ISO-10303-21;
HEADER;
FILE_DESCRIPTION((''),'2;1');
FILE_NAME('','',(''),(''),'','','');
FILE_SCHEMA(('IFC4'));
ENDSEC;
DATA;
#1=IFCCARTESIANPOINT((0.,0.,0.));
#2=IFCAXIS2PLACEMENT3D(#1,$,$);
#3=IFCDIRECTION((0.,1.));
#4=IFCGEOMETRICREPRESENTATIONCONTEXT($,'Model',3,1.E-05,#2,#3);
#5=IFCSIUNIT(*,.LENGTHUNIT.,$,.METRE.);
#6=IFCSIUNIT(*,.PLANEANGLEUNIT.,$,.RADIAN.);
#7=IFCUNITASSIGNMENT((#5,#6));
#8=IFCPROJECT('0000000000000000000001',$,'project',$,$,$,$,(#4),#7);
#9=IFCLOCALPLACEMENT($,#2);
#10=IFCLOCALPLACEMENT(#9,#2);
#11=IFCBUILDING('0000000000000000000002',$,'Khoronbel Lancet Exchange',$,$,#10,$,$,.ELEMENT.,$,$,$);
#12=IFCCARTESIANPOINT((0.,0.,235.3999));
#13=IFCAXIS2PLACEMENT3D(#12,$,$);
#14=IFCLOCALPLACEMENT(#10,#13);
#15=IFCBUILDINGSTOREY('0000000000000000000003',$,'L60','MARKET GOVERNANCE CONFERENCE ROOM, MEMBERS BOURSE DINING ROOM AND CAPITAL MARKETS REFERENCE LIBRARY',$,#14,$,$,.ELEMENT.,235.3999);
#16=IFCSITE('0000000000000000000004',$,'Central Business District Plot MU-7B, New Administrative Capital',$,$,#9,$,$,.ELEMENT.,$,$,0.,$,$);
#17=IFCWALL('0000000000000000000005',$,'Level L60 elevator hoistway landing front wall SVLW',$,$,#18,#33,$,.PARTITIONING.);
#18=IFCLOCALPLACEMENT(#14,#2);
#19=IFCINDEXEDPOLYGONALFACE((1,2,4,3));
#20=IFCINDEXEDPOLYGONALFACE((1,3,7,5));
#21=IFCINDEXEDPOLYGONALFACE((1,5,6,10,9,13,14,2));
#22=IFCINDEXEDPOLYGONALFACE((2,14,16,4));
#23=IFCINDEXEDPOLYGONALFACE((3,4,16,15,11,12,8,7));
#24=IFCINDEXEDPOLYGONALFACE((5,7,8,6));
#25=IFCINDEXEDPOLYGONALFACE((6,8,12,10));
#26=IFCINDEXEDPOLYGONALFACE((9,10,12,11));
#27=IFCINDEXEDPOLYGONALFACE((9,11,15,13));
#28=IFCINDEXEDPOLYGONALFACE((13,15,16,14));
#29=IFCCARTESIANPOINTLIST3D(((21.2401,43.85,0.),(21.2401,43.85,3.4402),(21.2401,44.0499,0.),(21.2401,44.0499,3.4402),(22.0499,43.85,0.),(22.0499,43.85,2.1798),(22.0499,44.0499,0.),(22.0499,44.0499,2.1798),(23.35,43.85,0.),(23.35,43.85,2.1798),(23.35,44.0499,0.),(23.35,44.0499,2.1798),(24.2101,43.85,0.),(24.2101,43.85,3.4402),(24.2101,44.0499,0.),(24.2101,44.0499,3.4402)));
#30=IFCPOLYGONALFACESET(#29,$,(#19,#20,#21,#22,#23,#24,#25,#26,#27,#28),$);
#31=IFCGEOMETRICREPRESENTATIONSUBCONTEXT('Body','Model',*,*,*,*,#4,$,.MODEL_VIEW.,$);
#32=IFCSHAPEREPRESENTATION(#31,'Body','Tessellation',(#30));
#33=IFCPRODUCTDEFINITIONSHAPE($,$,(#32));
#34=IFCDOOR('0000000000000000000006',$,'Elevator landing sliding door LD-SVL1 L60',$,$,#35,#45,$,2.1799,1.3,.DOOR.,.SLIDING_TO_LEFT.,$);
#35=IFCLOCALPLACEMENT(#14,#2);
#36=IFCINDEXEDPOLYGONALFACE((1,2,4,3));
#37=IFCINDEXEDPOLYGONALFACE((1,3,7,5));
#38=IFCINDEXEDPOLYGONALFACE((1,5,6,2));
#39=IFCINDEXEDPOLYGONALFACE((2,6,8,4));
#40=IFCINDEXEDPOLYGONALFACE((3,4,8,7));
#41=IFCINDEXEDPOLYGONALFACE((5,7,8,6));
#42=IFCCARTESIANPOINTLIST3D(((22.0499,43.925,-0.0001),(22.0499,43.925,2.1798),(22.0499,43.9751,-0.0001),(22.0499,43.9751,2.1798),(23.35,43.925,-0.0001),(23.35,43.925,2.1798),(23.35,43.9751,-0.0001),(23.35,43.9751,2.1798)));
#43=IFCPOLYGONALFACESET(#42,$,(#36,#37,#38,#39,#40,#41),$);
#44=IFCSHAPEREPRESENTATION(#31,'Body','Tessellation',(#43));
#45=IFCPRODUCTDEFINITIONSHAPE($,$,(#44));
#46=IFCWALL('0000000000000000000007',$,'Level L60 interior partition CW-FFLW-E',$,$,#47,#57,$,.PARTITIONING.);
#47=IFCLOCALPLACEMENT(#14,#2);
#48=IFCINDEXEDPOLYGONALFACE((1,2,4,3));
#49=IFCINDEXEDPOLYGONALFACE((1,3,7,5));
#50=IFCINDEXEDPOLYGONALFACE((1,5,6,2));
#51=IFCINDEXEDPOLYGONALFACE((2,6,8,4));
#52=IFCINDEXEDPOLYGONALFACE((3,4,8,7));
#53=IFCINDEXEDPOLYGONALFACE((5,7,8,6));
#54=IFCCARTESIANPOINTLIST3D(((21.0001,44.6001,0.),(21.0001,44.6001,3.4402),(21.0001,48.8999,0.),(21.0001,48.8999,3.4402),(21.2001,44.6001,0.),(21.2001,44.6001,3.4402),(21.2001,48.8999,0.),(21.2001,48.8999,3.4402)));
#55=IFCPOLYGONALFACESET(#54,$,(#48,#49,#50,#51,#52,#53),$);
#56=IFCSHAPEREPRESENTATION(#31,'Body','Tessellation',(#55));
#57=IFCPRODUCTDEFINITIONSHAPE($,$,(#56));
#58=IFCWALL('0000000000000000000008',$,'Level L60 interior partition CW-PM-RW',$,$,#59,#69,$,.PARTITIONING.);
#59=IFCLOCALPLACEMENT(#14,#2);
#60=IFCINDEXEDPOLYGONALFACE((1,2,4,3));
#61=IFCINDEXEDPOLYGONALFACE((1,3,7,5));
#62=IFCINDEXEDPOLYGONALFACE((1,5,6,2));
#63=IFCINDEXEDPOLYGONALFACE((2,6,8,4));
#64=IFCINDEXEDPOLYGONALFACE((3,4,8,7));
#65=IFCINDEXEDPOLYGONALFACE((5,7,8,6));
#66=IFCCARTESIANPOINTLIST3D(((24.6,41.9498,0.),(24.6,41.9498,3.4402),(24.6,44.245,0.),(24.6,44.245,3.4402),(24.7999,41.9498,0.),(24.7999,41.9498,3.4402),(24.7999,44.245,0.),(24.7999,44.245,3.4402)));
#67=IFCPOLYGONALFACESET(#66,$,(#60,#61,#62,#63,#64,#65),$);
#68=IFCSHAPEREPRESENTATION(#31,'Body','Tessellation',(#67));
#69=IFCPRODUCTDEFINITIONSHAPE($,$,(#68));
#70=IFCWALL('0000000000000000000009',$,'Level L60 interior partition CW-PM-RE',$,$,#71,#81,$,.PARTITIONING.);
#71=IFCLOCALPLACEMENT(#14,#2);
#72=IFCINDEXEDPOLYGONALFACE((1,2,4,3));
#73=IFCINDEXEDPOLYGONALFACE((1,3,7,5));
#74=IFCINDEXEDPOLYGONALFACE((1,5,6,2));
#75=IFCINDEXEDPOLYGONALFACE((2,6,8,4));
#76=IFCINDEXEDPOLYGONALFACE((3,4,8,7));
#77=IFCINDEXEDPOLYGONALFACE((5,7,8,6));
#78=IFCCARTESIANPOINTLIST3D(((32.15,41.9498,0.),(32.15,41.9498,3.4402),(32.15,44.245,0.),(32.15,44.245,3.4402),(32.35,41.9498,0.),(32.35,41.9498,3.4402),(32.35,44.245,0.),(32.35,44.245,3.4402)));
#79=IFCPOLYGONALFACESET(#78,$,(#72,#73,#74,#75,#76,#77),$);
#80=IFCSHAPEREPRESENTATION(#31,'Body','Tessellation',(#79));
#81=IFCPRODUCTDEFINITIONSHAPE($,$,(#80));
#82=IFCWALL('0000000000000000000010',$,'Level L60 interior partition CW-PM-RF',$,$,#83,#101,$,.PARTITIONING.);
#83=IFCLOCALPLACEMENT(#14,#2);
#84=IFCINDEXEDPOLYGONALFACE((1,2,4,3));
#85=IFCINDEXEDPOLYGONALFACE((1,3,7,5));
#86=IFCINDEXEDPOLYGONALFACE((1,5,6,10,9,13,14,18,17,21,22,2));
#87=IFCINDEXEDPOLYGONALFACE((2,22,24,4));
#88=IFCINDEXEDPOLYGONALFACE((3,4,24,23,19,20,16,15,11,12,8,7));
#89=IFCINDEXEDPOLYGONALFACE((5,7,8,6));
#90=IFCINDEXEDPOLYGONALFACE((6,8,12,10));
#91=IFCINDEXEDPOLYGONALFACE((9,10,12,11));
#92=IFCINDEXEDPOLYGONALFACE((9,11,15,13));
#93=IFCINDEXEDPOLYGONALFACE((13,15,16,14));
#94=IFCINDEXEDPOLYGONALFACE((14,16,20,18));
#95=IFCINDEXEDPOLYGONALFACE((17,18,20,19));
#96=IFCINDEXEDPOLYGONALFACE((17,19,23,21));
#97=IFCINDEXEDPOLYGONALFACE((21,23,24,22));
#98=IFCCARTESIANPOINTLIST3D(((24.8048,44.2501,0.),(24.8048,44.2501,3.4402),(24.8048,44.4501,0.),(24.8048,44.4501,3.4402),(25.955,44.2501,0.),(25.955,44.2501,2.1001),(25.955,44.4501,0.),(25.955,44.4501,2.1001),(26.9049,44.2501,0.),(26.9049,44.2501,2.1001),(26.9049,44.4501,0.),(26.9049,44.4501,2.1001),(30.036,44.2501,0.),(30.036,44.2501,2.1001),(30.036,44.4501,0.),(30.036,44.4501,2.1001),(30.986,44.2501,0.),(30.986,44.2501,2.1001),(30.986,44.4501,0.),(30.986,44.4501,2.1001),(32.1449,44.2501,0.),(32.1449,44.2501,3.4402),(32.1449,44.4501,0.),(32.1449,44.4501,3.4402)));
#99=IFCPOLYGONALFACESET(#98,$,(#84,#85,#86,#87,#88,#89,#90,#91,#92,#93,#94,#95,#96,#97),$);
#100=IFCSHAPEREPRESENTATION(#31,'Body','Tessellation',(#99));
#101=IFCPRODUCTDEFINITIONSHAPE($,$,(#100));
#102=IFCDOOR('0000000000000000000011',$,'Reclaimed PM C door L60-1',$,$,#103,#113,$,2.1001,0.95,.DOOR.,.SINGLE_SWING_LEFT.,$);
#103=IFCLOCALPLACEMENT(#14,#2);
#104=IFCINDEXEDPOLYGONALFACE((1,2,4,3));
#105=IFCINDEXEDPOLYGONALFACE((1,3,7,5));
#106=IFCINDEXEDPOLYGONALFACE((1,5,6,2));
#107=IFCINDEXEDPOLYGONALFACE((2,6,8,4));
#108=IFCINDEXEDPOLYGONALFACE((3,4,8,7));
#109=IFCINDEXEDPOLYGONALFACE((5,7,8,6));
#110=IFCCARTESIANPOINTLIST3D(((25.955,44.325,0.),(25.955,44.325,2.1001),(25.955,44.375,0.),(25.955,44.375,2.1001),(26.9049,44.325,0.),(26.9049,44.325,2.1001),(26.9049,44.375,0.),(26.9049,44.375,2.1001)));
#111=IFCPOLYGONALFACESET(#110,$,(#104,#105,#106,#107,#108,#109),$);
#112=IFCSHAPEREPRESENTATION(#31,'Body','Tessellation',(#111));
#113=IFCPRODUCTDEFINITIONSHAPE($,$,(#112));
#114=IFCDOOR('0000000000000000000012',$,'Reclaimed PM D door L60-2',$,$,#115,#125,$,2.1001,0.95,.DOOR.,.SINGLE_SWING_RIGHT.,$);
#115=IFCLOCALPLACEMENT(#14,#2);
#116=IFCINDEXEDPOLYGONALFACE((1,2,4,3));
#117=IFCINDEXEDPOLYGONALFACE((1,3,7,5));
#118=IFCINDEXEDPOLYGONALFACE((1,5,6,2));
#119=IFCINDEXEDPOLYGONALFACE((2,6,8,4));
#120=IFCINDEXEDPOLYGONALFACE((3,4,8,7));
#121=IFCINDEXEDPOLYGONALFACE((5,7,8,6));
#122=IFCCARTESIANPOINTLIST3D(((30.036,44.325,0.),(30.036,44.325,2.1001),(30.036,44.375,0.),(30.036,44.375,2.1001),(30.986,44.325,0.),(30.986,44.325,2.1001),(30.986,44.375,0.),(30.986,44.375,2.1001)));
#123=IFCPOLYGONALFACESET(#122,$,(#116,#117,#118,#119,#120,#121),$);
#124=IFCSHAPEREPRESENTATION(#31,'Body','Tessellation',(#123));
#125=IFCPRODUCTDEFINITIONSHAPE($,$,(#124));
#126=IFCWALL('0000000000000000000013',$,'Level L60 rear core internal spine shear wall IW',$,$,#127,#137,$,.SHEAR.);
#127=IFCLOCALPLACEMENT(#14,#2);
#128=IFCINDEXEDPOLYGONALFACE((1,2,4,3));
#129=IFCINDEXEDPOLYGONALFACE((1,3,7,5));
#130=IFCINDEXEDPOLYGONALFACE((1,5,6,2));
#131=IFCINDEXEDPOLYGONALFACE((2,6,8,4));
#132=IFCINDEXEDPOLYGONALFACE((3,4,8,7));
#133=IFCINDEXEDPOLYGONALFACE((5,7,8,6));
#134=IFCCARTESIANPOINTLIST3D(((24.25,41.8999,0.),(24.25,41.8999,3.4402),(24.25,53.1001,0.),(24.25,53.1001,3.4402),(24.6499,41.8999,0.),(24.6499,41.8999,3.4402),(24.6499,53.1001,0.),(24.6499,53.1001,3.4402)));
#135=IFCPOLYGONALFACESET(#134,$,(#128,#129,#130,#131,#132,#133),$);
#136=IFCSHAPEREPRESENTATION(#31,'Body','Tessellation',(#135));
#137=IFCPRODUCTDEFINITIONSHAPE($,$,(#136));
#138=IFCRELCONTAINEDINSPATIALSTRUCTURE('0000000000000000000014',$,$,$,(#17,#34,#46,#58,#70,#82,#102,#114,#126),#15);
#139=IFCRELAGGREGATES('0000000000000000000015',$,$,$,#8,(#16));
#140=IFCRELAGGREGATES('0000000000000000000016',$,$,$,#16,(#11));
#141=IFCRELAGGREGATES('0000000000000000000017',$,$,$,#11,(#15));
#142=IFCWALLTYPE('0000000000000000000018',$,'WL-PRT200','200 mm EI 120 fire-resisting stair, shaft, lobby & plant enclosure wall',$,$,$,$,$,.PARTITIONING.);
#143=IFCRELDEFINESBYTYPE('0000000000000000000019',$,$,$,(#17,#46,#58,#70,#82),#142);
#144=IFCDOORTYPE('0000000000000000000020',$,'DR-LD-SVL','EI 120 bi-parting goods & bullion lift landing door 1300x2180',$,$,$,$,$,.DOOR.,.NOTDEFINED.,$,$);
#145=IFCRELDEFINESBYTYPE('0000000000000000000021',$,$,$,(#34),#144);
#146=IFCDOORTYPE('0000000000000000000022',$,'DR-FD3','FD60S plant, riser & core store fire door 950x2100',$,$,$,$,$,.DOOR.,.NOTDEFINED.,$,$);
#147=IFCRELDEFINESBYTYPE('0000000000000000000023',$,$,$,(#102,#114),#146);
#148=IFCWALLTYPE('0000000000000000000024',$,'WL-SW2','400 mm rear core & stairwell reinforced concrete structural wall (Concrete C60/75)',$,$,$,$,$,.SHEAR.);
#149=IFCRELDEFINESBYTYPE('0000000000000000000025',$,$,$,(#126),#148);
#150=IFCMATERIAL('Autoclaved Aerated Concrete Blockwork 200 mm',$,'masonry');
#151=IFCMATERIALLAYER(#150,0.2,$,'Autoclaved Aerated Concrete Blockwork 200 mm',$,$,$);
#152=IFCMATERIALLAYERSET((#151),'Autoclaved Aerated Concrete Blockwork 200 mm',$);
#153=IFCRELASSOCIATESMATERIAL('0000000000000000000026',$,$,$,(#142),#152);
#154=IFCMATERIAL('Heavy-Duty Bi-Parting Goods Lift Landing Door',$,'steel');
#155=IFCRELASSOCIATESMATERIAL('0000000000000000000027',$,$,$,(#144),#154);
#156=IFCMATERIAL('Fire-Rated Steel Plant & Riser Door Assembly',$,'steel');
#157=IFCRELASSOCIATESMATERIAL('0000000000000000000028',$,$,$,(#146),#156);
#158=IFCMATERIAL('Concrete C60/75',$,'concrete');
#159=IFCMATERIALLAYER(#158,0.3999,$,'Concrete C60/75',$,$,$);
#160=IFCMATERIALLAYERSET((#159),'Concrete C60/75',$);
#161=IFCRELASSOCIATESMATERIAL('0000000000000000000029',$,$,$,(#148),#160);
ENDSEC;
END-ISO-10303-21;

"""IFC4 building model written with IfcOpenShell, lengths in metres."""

from ifc_helpers import new_model, si_unit, direction, frame, frame_2d, origin, place, context, subcontext, project, spatial, rectangle, extrude, material, layer, layer_set, type_object, element, fill, save


model = new_model("IFC4")

# Units and contexts
model_context = context("Model", 3, precision=1e-05, world=origin(), true_north=direction((0.0, 1.0)))
body_context = subcontext(model_context, "Body", "Model", "MODEL_VIEW")
ifc_project = project(units=[si_unit("LENGTHUNIT", "METRE"), si_unit("PLANEANGLEUNIT", "RADIAN")], contexts=[model_context])

# Site, building, storey
site_placement = place(None, origin())
site = spatial("IfcSite", under=ifc_project, at=site_placement, Name="Central Business District Plot MU-7B, New Administrative Capital", CompositionType="ELEMENT", RefElevation=0.0)
building_placement = place(site_placement, origin())
building = spatial("IfcBuilding", under=site, at=building_placement, Name="Khoronbel Lancet Exchange", CompositionType="ELEMENT")
storey_placement = place(building_placement, frame((0.0, 0.0, 235.3999)))
storey = spatial("IfcBuildingStorey", under=building, at=storey_placement, Name="L60", Description="MARKET GOVERNANCE CONFERENCE ROOM, MEMBERS BOURSE DINING ROOM AND CAPITAL MARKETS REFERENCE LIBRARY", CompositionType="ELEMENT", Elevation=235.3999)

# Shared definitions
ifc_material_1 = material(Name="Concrete C60/75", Category="concrete")

# Wall, opening, door
ifc_material_2 = material(Name="Autoclaved Aerated Concrete Blockwork 200 mm", Category="masonry")
ifc_layer_1 = layer(ifc_material_2, 0.2, Name="Autoclaved Aerated Concrete Blockwork 200 mm")
ifc_layer_set_1 = layer_set([ifc_layer_1], Name="Autoclaved Aerated Concrete Blockwork 200 mm")
wall_type_1 = type_object("IfcWallType", Name="WL-PRT200", Description="200 mm EI 120 fire-resisting stair, shaft, lobby & plant enclosure wall", PredefinedType="PARTITIONING", material=ifc_layer_set_1)
wall_1_placement = place(storey_placement, frame((24.21, 43.95, 0.0), z_axis=(0.0, 0.0, 1.0), x_axis=(-1.0, 0.0, 0.0)))
wall_1 = element("IfcWall", 1, at=wall_1_placement, inside=storey, type_object=wall_type_1, Name="Level L60 elevator hoistway landing front wall SVLW", PredefinedType="PARTITIONING", context=body_context, shape_type="SweptSolid", body=[
    extrude(rectangle(XDim=2.97, YDim=0.2, at=frame_2d((1.4849, 0.0))), origin(), (0.0, 0.0, 1.0), 3.4402),
])
opening_1_placement = place(wall_1_placement, frame((0.8601, 0.0, 0.0)))
opening_1 = element("IfcOpeningElement", 2, at=opening_1_placement, cuts=wall_1, PredefinedType="OPENING", context=body_context, shape_type="SweptSolid", body=[
    extrude(rectangle(XDim=1.3, YDim=2.1799, at=frame_2d((0.6499, 1.0898))), frame((0.0, 0.1099, 0.0), z_axis=(0.0, -1.0, 0.0), x_axis=(1.0, 0.0, 0.0)), (0.0, 0.0, 1.0), 0.22),
])
ifc_material_3 = material(Name="Heavy-Duty Bi-Parting Goods Lift Landing Door", Category="steel")
door_type_1 = type_object("IfcDoorType", Name="DR-LD-SVL", Description="EI 120 bi-parting goods & bullion lift landing door 1300x2180", OperationType="NOTDEFINED", PredefinedType="DOOR", material=ifc_material_3)
door_1_placement = place(opening_1_placement, origin())
door_1 = element("IfcDoor", 3, at=door_1_placement, inside=storey, type_object=door_type_1, Name="Elevator landing sliding door LD-SVL1 L60", OperationType="SLIDING_TO_LEFT", OverallHeight=2.1799, OverallWidth=1.3, PredefinedType="DOOR", context=body_context, shape_type="SweptSolid", body=[
    extrude(rectangle(XDim=1.3, YDim=2.1799, at=frame_2d((0.6499, 1.0898))), frame((0.0, 0.0249, 0.0), z_axis=(0.0, -1.0, 0.0), x_axis=(1.0, 0.0, 0.0)), (0.0, 0.0, 1.0), 0.05),
])
fill(opening_1, door_1)

# Wall
wall_2_placement = place(storey_placement, frame((21.1001, 44.6001, 0.0), z_axis=(0.0, 0.0, 1.0), x_axis=(0.0, 1.0, 0.0)))
element("IfcWall", 4, at=wall_2_placement, inside=storey, type_object=wall_type_1, Name="Level L60 interior partition CW-FFLW-E", PredefinedType="PARTITIONING", context=body_context, shape_type="SweptSolid", body=[
    extrude(rectangle(XDim=4.2998, YDim=0.2, at=frame_2d((2.1499, 0.0))), origin(), (0.0, 0.0, 1.0), 3.4402),
])

# Walls
for number, where, z_axis, x_axis, name in (
    (5, (24.7, 41.95, 0.0), (0.0, 0.0, 1.0), (0.0, 1.0, 0.0), "Level L60 interior partition CW-PM-RW"),
    (6, (32.25, 41.95, 0.0), (0.0, 0.0, 1.0), (0.0, 1.0, 0.0), "Level L60 interior partition CW-PM-RE"),
):
    element("IfcWall", number, at=place(storey_placement, frame(where, z_axis=z_axis, x_axis=x_axis)), inside=storey, type_object=wall_type_1, Name=name, PredefinedType="PARTITIONING", context=body_context, shape_type="SweptSolid", body=[
        extrude(rectangle(XDim=2.2952, YDim=0.2, at=frame_2d((1.1475, 0.0))), origin(), (0.0, 0.0, 1.0), 3.4402),
    ])

# Wall, openings, doors
wall_3_placement = place(storey_placement, frame((24.8049, 44.3501, 0.0), z_axis=(0.0, 0.0, 1.0), x_axis=(1.0, 0.0, 0.0)))
wall_3 = element("IfcWall", 7, at=wall_3_placement, inside=storey, type_object=wall_type_1, Name="Level L60 interior partition CW-PM-RF", PredefinedType="PARTITIONING", context=body_context, shape_type="SweptSolid", body=[
    extrude(rectangle(XDim=7.3401, YDim=0.2, at=frame_2d((3.6699, 0.0))), origin(), (0.0, 0.0, 1.0), 3.4402),
])
opening_2_placement = place(wall_3_placement, frame((1.1499, 0.0, 0.0)))
opening_2 = element("IfcOpeningElement", 8, at=opening_2_placement, cuts=wall_3, PredefinedType="OPENING", context=body_context, shape_type="SweptSolid", body=[
    extrude(rectangle(XDim=0.95, YDim=2.1001, at=frame_2d((0.4751, 1.05))), frame((0.0, 0.1099, 0.0), z_axis=(0.0, -1.0, 0.0), x_axis=(1.0, 0.0, 0.0)), (0.0, 0.0, 1.0), 0.22),
])
opening_3_placement = place(wall_3_placement, frame((5.231, 0.0, 0.0)))
opening_3 = element("IfcOpeningElement", 9, at=opening_3_placement, cuts=wall_3, PredefinedType="OPENING", context=body_context, shape_type="SweptSolid", body=[
    extrude(rectangle(XDim=0.95, YDim=2.1001, at=frame_2d((0.4751, 1.05))), frame((0.0, 0.1099, 0.0), z_axis=(0.0, -1.0, 0.0), x_axis=(1.0, 0.0, 0.0)), (0.0, 0.0, 1.0), 0.22),
])
ifc_material_4 = material(Name="Fire-Rated Steel Plant & Riser Door Assembly", Category="steel")
door_type_2 = type_object("IfcDoorType", Name="DR-FD3", Description="FD60S plant, riser & core store fire door 950x2100", OperationType="NOTDEFINED", PredefinedType="DOOR", material=ifc_material_4)
door_2_placement = place(opening_2_placement, origin())
door_2 = element("IfcDoor", 10, at=door_2_placement, inside=storey, type_object=door_type_2, Name="Reclaimed PM C door L60-1", OperationType="SINGLE_SWING_LEFT", OverallHeight=2.1001, OverallWidth=0.95, PredefinedType="DOOR", context=body_context, shape_type="SweptSolid", body=[
    extrude(rectangle(XDim=0.95, YDim=2.1001, at=frame_2d((0.4751, 1.05))), frame((0.0, 0.0249, 0.0), z_axis=(0.0, -1.0, 0.0), x_axis=(1.0, 0.0, 0.0)), (0.0, 0.0, 1.0), 0.05),
])
fill(opening_2, door_2)
door_3_placement = place(opening_3_placement, origin())
door_3 = element("IfcDoor", 11, at=door_3_placement, inside=storey, type_object=door_type_2, Name="Reclaimed PM D door L60-2", OperationType="SINGLE_SWING_RIGHT", OverallHeight=2.1001, OverallWidth=0.95, PredefinedType="DOOR", context=body_context, shape_type="SweptSolid", body=[
    extrude(rectangle(XDim=0.95, YDim=2.1001, at=frame_2d((0.4751, 1.05))), frame((0.0, 0.0249, 0.0), z_axis=(0.0, -1.0, 0.0), x_axis=(1.0, 0.0, 0.0)), (0.0, 0.0, 1.0), 0.05),
])
fill(opening_3, door_3)

# Wall
ifc_layer_2 = layer(ifc_material_1, 0.3999, Name="Concrete C60/75")
ifc_layer_set_2 = layer_set([ifc_layer_2], Name="Concrete C60/75")
wall_type_2 = type_object("IfcWallType", Name="WL-SW2", Description="400 mm rear core & stairwell reinforced concrete structural wall (Concrete C60/75)", PredefinedType="SHEAR", material=ifc_layer_set_2)
wall_4_placement = place(storey_placement, frame((24.45, 41.8999, 0.0), z_axis=(0.0, 0.0, 1.0), x_axis=(0.0, 1.0, 0.0)))
element("IfcWall", 12, at=wall_4_placement, inside=storey, type_object=wall_type_2, Name="Level L60 rear core internal spine shear wall IW", PredefinedType="SHEAR", context=body_context, shape_type="SweptSolid", body=[
    extrude(rectangle(XDim=11.2002, YDim=0.3999, at=frame_2d((5.6001, 0.0))), origin(), (0.0, 0.0, 1.0), 3.4402),
])

save(model, "model.ifc")
